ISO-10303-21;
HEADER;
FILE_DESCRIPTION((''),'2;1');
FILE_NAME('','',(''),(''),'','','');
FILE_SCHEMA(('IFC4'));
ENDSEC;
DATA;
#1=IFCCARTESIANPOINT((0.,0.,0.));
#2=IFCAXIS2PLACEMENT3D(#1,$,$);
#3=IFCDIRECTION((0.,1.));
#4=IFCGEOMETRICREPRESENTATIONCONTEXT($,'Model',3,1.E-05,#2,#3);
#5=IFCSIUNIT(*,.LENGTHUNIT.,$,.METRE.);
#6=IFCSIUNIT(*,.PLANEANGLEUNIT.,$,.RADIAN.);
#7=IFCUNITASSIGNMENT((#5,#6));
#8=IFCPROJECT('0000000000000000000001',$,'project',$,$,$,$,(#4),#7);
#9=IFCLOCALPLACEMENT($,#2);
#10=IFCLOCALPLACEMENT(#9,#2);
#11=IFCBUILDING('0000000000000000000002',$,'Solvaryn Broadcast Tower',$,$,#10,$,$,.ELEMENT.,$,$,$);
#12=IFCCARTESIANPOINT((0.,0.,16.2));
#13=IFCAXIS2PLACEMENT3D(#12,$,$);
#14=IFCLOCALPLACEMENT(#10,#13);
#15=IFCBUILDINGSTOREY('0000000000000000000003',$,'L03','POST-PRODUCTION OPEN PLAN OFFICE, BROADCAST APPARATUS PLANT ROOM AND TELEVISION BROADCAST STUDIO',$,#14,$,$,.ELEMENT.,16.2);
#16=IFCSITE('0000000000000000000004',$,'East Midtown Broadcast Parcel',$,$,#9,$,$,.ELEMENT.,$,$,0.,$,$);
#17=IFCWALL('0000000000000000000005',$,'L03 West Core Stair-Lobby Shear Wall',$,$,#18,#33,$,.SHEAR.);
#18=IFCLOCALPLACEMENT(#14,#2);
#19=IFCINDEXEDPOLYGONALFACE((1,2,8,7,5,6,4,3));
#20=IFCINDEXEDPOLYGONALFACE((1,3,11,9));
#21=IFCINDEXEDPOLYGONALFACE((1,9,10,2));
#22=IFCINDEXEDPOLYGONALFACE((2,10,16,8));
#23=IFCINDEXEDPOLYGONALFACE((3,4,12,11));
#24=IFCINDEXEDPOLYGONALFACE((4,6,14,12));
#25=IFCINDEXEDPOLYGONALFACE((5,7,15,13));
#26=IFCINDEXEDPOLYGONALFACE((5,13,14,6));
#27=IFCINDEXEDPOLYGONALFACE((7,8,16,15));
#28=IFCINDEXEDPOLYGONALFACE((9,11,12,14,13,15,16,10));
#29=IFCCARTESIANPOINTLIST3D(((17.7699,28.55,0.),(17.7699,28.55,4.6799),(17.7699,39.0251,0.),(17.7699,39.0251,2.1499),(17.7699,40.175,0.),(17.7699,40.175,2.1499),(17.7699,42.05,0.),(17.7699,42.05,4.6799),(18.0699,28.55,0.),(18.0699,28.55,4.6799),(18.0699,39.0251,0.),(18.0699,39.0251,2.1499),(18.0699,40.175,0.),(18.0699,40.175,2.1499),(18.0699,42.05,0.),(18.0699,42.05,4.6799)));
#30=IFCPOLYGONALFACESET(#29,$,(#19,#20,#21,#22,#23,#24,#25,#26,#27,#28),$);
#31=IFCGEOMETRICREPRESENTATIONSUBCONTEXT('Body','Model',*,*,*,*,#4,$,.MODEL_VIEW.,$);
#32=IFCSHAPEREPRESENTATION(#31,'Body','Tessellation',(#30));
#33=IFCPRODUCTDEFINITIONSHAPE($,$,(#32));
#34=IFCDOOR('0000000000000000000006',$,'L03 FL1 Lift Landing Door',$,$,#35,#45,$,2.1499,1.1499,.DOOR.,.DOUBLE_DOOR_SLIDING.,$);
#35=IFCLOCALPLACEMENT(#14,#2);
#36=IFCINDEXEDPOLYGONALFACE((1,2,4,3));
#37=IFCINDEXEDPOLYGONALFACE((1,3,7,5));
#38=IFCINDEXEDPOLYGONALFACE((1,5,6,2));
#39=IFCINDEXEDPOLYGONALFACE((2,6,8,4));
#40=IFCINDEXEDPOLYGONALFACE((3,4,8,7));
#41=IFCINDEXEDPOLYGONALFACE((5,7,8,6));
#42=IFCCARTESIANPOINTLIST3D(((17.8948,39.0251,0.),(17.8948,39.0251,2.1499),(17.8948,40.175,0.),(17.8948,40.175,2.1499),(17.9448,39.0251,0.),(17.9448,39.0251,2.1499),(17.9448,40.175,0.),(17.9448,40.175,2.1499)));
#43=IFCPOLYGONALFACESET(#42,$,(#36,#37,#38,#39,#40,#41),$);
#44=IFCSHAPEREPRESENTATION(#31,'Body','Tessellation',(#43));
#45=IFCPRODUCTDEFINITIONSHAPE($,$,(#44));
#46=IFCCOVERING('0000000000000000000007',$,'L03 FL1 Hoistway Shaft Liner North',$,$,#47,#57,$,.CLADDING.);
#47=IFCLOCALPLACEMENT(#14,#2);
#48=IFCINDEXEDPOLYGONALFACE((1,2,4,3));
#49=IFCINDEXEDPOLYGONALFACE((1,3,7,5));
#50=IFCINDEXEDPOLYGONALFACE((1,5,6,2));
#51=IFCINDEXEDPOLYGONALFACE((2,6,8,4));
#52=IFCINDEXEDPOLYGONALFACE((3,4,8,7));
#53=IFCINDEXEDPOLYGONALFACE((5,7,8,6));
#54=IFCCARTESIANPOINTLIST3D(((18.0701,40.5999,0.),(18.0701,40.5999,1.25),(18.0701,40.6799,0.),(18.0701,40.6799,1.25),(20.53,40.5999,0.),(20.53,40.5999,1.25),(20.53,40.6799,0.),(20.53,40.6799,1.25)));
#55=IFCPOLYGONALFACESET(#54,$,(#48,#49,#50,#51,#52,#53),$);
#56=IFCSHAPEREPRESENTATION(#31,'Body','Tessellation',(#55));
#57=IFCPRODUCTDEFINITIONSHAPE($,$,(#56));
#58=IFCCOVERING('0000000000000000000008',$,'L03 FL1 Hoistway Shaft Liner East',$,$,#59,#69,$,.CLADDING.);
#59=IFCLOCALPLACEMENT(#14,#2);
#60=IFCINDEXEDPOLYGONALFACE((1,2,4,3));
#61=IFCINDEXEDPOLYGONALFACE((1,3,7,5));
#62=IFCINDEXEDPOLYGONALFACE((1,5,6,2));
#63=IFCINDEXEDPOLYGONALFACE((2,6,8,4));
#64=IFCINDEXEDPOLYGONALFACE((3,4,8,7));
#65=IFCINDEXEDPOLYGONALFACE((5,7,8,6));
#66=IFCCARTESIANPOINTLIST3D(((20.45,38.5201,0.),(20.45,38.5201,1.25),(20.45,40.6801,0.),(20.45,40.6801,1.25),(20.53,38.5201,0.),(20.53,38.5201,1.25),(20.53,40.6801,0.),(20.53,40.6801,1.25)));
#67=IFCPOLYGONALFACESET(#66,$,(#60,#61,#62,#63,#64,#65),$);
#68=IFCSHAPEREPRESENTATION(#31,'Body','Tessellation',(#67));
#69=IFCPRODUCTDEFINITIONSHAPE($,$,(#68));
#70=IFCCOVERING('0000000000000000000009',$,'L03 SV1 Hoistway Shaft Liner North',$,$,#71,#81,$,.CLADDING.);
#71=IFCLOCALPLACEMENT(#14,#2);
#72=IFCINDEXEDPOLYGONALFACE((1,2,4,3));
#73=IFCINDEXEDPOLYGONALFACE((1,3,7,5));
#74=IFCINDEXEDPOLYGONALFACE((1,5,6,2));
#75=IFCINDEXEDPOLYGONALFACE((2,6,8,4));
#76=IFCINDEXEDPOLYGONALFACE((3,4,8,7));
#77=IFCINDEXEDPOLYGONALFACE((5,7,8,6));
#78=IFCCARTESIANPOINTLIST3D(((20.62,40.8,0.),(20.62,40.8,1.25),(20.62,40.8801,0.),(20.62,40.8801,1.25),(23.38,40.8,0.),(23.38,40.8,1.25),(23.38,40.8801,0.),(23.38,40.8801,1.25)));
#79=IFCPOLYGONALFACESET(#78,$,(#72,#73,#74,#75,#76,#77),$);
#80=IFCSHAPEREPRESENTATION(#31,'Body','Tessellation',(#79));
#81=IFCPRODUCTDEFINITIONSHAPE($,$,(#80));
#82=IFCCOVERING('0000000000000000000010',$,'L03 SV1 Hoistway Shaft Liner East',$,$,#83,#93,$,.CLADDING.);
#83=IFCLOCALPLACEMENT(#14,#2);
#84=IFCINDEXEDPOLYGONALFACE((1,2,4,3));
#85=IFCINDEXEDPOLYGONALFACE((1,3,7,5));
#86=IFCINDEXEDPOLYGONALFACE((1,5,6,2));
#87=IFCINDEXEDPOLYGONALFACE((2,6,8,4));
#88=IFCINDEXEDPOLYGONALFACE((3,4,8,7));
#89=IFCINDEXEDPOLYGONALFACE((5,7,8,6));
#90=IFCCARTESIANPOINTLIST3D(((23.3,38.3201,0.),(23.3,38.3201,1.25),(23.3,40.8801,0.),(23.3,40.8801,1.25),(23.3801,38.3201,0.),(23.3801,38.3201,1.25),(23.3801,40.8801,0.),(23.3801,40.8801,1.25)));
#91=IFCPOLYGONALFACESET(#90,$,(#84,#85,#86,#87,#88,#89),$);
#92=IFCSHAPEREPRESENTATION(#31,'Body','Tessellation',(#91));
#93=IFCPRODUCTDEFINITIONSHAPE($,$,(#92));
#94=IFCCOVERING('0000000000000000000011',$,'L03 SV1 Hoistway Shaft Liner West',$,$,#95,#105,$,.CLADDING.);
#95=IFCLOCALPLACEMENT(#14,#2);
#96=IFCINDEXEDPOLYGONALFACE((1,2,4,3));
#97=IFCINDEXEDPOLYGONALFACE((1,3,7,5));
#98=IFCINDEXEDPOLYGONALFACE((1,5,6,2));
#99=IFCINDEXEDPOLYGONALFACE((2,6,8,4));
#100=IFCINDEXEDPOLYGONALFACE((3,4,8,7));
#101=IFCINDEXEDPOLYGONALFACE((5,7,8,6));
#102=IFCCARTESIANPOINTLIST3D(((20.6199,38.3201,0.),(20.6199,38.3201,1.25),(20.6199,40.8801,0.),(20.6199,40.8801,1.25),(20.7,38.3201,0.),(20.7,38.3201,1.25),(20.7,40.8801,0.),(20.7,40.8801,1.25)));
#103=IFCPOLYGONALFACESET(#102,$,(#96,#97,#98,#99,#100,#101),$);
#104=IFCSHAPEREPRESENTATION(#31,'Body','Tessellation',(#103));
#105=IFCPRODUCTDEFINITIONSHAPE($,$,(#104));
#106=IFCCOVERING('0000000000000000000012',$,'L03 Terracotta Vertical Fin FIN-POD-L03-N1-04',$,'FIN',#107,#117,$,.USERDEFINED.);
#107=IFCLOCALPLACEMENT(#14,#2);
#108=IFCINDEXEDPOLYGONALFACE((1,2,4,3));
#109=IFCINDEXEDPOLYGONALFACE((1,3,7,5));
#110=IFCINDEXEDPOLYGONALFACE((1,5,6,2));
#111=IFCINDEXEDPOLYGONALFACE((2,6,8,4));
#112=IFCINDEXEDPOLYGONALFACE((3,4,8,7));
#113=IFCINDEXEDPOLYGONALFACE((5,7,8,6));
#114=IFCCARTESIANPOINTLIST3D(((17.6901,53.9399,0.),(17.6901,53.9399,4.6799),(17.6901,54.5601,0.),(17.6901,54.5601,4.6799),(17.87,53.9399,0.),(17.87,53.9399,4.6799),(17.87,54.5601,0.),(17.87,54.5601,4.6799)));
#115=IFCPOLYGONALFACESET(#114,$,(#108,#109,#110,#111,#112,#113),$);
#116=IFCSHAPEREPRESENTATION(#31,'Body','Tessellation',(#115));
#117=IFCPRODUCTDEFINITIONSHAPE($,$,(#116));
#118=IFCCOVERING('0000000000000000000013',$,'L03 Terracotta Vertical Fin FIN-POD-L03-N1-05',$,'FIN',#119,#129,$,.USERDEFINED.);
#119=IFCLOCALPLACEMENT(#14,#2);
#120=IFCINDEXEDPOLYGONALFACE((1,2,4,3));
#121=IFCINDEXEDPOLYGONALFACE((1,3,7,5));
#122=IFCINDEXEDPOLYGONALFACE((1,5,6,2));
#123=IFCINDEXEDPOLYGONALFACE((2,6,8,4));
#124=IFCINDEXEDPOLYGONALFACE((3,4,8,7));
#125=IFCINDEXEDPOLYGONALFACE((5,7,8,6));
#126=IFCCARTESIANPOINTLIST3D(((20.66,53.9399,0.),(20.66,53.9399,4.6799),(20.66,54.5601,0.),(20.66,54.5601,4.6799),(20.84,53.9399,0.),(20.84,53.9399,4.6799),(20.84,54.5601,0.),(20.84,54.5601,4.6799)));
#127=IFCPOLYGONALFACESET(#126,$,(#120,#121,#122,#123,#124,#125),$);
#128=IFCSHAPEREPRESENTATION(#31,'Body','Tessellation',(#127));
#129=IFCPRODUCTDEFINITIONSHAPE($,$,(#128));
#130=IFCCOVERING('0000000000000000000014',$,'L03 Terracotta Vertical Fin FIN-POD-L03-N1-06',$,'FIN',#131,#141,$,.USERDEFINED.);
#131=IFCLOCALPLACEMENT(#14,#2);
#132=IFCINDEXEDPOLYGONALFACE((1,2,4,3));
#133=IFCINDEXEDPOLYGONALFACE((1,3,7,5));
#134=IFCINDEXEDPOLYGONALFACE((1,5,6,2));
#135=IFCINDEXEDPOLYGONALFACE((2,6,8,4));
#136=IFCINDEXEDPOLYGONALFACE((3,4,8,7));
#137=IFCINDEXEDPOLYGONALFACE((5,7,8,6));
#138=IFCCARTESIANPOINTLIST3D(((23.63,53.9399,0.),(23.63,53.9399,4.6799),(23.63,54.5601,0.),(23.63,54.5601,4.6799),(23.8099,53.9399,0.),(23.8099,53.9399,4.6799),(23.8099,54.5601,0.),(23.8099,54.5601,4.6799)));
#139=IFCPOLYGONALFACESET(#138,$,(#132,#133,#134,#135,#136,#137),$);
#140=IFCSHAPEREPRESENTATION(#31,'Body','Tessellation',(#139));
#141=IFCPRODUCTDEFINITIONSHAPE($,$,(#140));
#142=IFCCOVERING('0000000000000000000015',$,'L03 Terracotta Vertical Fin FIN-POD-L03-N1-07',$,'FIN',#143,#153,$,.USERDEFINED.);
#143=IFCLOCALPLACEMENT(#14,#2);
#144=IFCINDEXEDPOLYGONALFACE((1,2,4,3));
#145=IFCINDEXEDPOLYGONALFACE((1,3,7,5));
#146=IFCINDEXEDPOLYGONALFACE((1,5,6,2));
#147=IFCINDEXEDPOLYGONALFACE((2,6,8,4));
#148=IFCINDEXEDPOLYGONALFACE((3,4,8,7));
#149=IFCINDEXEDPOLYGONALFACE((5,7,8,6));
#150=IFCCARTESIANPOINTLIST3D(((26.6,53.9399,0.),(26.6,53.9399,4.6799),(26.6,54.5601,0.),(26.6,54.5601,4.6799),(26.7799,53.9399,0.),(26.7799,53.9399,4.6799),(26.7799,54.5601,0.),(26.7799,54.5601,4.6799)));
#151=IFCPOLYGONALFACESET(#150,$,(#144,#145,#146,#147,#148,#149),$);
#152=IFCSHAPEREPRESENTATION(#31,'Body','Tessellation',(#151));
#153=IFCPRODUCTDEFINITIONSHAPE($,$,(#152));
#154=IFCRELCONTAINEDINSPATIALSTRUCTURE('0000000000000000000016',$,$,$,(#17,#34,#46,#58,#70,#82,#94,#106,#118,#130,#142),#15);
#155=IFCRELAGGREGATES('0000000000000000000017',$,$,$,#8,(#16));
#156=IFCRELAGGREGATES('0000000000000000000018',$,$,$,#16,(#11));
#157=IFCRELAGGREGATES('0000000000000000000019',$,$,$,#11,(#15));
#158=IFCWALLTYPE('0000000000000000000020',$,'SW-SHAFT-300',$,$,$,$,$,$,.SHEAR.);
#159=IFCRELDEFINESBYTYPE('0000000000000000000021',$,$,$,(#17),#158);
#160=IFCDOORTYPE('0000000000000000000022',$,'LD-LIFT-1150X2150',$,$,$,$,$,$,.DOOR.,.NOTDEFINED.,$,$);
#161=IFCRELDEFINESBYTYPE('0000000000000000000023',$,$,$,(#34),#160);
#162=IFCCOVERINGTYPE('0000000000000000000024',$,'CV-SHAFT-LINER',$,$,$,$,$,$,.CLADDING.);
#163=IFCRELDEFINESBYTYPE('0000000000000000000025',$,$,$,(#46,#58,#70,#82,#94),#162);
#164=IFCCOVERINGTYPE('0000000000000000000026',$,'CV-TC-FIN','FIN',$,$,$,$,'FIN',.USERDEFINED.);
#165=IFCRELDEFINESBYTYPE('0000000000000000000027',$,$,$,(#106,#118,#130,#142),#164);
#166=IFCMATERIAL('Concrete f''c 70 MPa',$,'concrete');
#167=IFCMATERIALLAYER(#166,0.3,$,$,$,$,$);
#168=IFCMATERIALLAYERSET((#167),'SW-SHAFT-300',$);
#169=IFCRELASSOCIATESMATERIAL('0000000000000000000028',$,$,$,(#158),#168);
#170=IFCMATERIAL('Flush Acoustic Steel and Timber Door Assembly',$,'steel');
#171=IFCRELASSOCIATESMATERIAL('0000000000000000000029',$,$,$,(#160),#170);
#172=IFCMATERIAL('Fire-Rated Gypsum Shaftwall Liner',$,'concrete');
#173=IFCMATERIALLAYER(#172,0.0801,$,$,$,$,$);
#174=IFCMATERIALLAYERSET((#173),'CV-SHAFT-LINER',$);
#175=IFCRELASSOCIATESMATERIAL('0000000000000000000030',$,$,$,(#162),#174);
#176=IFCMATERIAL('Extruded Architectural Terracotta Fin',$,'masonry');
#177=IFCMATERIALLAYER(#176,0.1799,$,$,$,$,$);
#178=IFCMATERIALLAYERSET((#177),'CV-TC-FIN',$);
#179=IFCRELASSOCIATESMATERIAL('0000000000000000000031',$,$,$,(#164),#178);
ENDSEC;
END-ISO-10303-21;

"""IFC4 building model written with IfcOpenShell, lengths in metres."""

from ifc_helpers import new_model, si_unit, direction, frame, frame_2d, origin, origin_2d, place, context, subcontext, project, spatial, rectangle, extrude, material, layer, layer_set, type_object, element, fill, save


model = new_model("IFC4")

# Units and contexts
model_context = context("Model", 3, precision=1e-05, world=origin(), true_north=direction((0.0, 1.0)))
body_context = subcontext(model_context, "Body", "Model", "MODEL_VIEW")
ifc_project = project(units=[si_unit("LENGTHUNIT", "METRE"), si_unit("PLANEANGLEUNIT", "RADIAN")], contexts=[model_context])

# Site, building, storey
site_placement = place(None, origin())
site = spatial("IfcSite", under=ifc_project, at=site_placement, Name="East Midtown Broadcast Parcel", CompositionType="ELEMENT", RefElevation=0.0)
building_placement = place(site_placement, origin())
building = spatial("IfcBuilding", under=site, at=building_placement, Name="Solvaryn Broadcast Tower", CompositionType="ELEMENT")
storey_placement = place(building_placement, frame((0.0, 0.0, 16.2)))
storey = spatial("IfcBuildingStorey", under=building, at=storey_placement, Name="L03", Description="POST-PRODUCTION OPEN PLAN OFFICE, BROADCAST APPARATUS PLANT ROOM AND TELEVISION BROADCAST STUDIO", CompositionType="ELEMENT", Elevation=16.2)

# Wall, opening, door
ifc_material_1 = material(Name="Concrete f'c 70 MPa", Category="concrete")
ifc_layer_1 = layer(ifc_material_1, 0.3)
ifc_layer_set_1 = layer_set([ifc_layer_1], Name="SW-SHAFT-300")
wall_type_1 = type_object("IfcWallType", Name="SW-SHAFT-300", PredefinedType="SHEAR", material=ifc_layer_set_1)
wall_1_placement = place(storey_placement, frame((17.9199, 42.05, 0.0), z_axis=(0.0, 0.0, 1.0), x_axis=(0.0, -1.0, 0.0)))
wall_1 = element("IfcWall", 1, at=wall_1_placement, inside=storey, type_object=wall_type_1, Name="L03 West Core Stair-Lobby Shear Wall", PredefinedType="SHEAR", context=body_context, shape_type="SweptSolid", body=[
    extrude(rectangle(XDim=13.5, YDim=0.3, at=frame_2d((6.75, 0.0))), origin(), (0.0, 0.0, 1.0), 4.6799),
])
opening_1_placement = place(wall_1_placement, frame((1.875, 0.0, 0.0)))
opening_1 = element("IfcOpeningElement", 2, at=opening_1_placement, cuts=wall_1, PredefinedType="OPENING", context=body_context, shape_type="SweptSolid", body=[
    extrude(rectangle(XDim=1.1499, YDim=2.1499, at=frame_2d((0.575, 1.075))), frame((0.0, 0.1599, 0.0), z_axis=(0.0, -1.0, 0.0), x_axis=(1.0, 0.0, 0.0)), (0.0, 0.0, 1.0), 0.3201),
])
ifc_material_2 = material(Name="Flush Acoustic Steel and Timber Door Assembly", Category="steel")
door_type_1 = type_object("IfcDoorType", Name="LD-LIFT-1150X2150", OperationType="NOTDEFINED", PredefinedType="DOOR", material=ifc_material_2)
door_1_placement = place(opening_1_placement, origin())
door_1 = element("IfcDoor", 3, at=door_1_placement, inside=storey, type_object=door_type_1, Name="L03 FL1 Lift Landing Door", OperationType="DOUBLE_DOOR_SLIDING", OverallHeight=2.1499, OverallWidth=1.1499, PredefinedType="DOOR", context=body_context, shape_type="SweptSolid", body=[
    extrude(rectangle(XDim=1.1499, YDim=2.1499, at=frame_2d((0.575, 1.075))), frame((0.0, 0.0249, 0.0), z_axis=(0.0, -1.0, 0.0), x_axis=(1.0, 0.0, 0.0)), (0.0, 0.0, 1.0), 0.05),
])
fill(opening_1, door_1)

# Coverings
ifc_material_3 = material(Name="Fire-Rated Gypsum Shaftwall Liner", Category="concrete")
ifc_layer_2 = layer(ifc_material_3, 0.0801)
ifc_layer_set_2 = layer_set([ifc_layer_2], Name="CV-SHAFT-LINER")
covering_type_1 = type_object("IfcCoveringType", Name="CV-SHAFT-LINER", PredefinedType="CLADDING", material=ifc_layer_set_2)
covering_1_placement = place(storey_placement, frame((19.3, 40.6399, 0.0), z_axis=(0.0, 0.0, 1.0), x_axis=(1.0, 0.0, 0.0)))
element("IfcCovering", 4, at=covering_1_placement, inside=storey, type_object=covering_type_1, Name="L03 FL1 Hoistway Shaft Liner North", PredefinedType="CLADDING", context=body_context, shape_type="SweptSolid", body=[
    extrude(rectangle(XDim=2.46, YDim=0.0801, at=origin_2d()), origin(), (0.0, 0.0, 1.0), 1.25),
])
covering_2_placement = place(storey_placement, frame((20.49, 39.6001, 0.0), z_axis=(0.0, 0.0, 1.0), x_axis=(1.0, 0.0, 0.0)))
element("IfcCovering", 5, at=covering_2_placement, inside=storey, type_object=covering_type_1, Name="L03 FL1 Hoistway Shaft Liner East", PredefinedType="CLADDING", context=body_context, shape_type="SweptSolid", body=[
    extrude(rectangle(XDim=0.0801, YDim=2.1599, at=origin_2d()), origin(), (0.0, 0.0, 1.0), 1.25),
])
covering_3_placement = place(storey_placement, frame((22.0, 40.8401, 0.0), z_axis=(0.0, 0.0, 1.0), x_axis=(1.0, 0.0, 0.0)))
element("IfcCovering", 6, at=covering_3_placement, inside=storey, type_object=covering_type_1, Name="L03 SV1 Hoistway Shaft Liner North", PredefinedType="CLADDING", context=body_context, shape_type="SweptSolid", body=[
    extrude(rectangle(XDim=2.76, YDim=0.0801, at=origin_2d()), origin(), (0.0, 0.0, 1.0), 1.25),
])
for number, where, z_axis, x_axis, name in (
    (7, (23.3401, 39.6001, 0.0), (0.0, 0.0, 1.0), (1.0, 0.0, 0.0), "L03 SV1 Hoistway Shaft Liner East"),
    (8, (20.6599, 39.6001, 0.0), (0.0, 0.0, 1.0), (1.0, 0.0, 0.0), "L03 SV1 Hoistway Shaft Liner West"),
):
    element("IfcCovering", number, at=place(storey_placement, frame(where, z_axis=z_axis, x_axis=x_axis)), inside=storey, type_object=covering_type_1, Name=name, PredefinedType="CLADDING", context=body_context, shape_type="SweptSolid", body=[
        extrude(rectangle(XDim=0.0801, YDim=2.5601, at=origin_2d()), origin(), (0.0, 0.0, 1.0), 1.25),
    ])
ifc_material_4 = material(Name="Extruded Architectural Terracotta Fin", Category="masonry")
ifc_layer_3 = layer(ifc_material_4, 0.1799)
ifc_layer_set_3 = layer_set([ifc_layer_3], Name="CV-TC-FIN")
covering_type_2 = type_object("IfcCoveringType", Name="CV-TC-FIN", Description="FIN", ElementType="FIN", PredefinedType="USERDEFINED", material=ifc_layer_set_3)
for number, where, z_axis, x_axis, name in (
    (9, (17.78, 54.25, 0.0), (0.0, 0.0, 1.0), (1.0, 0.0, 0.0), "L03 Terracotta Vertical Fin FIN-POD-L03-N1-04"),
    (10, (20.75, 54.25, 0.0), (0.0, 0.0, 1.0), (1.0, 0.0, 0.0), "L03 Terracotta Vertical Fin FIN-POD-L03-N1-05"),
    (11, (23.72, 54.25, 0.0), (0.0, 0.0, 1.0), (1.0, 0.0, 0.0), "L03 Terracotta Vertical Fin FIN-POD-L03-N1-06"),
    (12, (26.6899, 54.25, 0.0), (0.0, 0.0, 1.0), (1.0, 0.0, 0.0), "L03 Terracotta Vertical Fin FIN-POD-L03-N1-07"),
):
    element("IfcCovering", number, at=place(storey_placement, frame(where, z_axis=z_axis, x_axis=x_axis)), inside=storey, type_object=covering_type_2, Name=name, ObjectType="FIN", PredefinedType="USERDEFINED", context=body_context, shape_type="SweptSolid", body=[
        extrude(rectangle(XDim=0.1799, YDim=0.6201, at=origin_2d()), origin(), (0.0, 0.0, 1.0), 4.6799),
    ])

save(model, "model.ifc")
